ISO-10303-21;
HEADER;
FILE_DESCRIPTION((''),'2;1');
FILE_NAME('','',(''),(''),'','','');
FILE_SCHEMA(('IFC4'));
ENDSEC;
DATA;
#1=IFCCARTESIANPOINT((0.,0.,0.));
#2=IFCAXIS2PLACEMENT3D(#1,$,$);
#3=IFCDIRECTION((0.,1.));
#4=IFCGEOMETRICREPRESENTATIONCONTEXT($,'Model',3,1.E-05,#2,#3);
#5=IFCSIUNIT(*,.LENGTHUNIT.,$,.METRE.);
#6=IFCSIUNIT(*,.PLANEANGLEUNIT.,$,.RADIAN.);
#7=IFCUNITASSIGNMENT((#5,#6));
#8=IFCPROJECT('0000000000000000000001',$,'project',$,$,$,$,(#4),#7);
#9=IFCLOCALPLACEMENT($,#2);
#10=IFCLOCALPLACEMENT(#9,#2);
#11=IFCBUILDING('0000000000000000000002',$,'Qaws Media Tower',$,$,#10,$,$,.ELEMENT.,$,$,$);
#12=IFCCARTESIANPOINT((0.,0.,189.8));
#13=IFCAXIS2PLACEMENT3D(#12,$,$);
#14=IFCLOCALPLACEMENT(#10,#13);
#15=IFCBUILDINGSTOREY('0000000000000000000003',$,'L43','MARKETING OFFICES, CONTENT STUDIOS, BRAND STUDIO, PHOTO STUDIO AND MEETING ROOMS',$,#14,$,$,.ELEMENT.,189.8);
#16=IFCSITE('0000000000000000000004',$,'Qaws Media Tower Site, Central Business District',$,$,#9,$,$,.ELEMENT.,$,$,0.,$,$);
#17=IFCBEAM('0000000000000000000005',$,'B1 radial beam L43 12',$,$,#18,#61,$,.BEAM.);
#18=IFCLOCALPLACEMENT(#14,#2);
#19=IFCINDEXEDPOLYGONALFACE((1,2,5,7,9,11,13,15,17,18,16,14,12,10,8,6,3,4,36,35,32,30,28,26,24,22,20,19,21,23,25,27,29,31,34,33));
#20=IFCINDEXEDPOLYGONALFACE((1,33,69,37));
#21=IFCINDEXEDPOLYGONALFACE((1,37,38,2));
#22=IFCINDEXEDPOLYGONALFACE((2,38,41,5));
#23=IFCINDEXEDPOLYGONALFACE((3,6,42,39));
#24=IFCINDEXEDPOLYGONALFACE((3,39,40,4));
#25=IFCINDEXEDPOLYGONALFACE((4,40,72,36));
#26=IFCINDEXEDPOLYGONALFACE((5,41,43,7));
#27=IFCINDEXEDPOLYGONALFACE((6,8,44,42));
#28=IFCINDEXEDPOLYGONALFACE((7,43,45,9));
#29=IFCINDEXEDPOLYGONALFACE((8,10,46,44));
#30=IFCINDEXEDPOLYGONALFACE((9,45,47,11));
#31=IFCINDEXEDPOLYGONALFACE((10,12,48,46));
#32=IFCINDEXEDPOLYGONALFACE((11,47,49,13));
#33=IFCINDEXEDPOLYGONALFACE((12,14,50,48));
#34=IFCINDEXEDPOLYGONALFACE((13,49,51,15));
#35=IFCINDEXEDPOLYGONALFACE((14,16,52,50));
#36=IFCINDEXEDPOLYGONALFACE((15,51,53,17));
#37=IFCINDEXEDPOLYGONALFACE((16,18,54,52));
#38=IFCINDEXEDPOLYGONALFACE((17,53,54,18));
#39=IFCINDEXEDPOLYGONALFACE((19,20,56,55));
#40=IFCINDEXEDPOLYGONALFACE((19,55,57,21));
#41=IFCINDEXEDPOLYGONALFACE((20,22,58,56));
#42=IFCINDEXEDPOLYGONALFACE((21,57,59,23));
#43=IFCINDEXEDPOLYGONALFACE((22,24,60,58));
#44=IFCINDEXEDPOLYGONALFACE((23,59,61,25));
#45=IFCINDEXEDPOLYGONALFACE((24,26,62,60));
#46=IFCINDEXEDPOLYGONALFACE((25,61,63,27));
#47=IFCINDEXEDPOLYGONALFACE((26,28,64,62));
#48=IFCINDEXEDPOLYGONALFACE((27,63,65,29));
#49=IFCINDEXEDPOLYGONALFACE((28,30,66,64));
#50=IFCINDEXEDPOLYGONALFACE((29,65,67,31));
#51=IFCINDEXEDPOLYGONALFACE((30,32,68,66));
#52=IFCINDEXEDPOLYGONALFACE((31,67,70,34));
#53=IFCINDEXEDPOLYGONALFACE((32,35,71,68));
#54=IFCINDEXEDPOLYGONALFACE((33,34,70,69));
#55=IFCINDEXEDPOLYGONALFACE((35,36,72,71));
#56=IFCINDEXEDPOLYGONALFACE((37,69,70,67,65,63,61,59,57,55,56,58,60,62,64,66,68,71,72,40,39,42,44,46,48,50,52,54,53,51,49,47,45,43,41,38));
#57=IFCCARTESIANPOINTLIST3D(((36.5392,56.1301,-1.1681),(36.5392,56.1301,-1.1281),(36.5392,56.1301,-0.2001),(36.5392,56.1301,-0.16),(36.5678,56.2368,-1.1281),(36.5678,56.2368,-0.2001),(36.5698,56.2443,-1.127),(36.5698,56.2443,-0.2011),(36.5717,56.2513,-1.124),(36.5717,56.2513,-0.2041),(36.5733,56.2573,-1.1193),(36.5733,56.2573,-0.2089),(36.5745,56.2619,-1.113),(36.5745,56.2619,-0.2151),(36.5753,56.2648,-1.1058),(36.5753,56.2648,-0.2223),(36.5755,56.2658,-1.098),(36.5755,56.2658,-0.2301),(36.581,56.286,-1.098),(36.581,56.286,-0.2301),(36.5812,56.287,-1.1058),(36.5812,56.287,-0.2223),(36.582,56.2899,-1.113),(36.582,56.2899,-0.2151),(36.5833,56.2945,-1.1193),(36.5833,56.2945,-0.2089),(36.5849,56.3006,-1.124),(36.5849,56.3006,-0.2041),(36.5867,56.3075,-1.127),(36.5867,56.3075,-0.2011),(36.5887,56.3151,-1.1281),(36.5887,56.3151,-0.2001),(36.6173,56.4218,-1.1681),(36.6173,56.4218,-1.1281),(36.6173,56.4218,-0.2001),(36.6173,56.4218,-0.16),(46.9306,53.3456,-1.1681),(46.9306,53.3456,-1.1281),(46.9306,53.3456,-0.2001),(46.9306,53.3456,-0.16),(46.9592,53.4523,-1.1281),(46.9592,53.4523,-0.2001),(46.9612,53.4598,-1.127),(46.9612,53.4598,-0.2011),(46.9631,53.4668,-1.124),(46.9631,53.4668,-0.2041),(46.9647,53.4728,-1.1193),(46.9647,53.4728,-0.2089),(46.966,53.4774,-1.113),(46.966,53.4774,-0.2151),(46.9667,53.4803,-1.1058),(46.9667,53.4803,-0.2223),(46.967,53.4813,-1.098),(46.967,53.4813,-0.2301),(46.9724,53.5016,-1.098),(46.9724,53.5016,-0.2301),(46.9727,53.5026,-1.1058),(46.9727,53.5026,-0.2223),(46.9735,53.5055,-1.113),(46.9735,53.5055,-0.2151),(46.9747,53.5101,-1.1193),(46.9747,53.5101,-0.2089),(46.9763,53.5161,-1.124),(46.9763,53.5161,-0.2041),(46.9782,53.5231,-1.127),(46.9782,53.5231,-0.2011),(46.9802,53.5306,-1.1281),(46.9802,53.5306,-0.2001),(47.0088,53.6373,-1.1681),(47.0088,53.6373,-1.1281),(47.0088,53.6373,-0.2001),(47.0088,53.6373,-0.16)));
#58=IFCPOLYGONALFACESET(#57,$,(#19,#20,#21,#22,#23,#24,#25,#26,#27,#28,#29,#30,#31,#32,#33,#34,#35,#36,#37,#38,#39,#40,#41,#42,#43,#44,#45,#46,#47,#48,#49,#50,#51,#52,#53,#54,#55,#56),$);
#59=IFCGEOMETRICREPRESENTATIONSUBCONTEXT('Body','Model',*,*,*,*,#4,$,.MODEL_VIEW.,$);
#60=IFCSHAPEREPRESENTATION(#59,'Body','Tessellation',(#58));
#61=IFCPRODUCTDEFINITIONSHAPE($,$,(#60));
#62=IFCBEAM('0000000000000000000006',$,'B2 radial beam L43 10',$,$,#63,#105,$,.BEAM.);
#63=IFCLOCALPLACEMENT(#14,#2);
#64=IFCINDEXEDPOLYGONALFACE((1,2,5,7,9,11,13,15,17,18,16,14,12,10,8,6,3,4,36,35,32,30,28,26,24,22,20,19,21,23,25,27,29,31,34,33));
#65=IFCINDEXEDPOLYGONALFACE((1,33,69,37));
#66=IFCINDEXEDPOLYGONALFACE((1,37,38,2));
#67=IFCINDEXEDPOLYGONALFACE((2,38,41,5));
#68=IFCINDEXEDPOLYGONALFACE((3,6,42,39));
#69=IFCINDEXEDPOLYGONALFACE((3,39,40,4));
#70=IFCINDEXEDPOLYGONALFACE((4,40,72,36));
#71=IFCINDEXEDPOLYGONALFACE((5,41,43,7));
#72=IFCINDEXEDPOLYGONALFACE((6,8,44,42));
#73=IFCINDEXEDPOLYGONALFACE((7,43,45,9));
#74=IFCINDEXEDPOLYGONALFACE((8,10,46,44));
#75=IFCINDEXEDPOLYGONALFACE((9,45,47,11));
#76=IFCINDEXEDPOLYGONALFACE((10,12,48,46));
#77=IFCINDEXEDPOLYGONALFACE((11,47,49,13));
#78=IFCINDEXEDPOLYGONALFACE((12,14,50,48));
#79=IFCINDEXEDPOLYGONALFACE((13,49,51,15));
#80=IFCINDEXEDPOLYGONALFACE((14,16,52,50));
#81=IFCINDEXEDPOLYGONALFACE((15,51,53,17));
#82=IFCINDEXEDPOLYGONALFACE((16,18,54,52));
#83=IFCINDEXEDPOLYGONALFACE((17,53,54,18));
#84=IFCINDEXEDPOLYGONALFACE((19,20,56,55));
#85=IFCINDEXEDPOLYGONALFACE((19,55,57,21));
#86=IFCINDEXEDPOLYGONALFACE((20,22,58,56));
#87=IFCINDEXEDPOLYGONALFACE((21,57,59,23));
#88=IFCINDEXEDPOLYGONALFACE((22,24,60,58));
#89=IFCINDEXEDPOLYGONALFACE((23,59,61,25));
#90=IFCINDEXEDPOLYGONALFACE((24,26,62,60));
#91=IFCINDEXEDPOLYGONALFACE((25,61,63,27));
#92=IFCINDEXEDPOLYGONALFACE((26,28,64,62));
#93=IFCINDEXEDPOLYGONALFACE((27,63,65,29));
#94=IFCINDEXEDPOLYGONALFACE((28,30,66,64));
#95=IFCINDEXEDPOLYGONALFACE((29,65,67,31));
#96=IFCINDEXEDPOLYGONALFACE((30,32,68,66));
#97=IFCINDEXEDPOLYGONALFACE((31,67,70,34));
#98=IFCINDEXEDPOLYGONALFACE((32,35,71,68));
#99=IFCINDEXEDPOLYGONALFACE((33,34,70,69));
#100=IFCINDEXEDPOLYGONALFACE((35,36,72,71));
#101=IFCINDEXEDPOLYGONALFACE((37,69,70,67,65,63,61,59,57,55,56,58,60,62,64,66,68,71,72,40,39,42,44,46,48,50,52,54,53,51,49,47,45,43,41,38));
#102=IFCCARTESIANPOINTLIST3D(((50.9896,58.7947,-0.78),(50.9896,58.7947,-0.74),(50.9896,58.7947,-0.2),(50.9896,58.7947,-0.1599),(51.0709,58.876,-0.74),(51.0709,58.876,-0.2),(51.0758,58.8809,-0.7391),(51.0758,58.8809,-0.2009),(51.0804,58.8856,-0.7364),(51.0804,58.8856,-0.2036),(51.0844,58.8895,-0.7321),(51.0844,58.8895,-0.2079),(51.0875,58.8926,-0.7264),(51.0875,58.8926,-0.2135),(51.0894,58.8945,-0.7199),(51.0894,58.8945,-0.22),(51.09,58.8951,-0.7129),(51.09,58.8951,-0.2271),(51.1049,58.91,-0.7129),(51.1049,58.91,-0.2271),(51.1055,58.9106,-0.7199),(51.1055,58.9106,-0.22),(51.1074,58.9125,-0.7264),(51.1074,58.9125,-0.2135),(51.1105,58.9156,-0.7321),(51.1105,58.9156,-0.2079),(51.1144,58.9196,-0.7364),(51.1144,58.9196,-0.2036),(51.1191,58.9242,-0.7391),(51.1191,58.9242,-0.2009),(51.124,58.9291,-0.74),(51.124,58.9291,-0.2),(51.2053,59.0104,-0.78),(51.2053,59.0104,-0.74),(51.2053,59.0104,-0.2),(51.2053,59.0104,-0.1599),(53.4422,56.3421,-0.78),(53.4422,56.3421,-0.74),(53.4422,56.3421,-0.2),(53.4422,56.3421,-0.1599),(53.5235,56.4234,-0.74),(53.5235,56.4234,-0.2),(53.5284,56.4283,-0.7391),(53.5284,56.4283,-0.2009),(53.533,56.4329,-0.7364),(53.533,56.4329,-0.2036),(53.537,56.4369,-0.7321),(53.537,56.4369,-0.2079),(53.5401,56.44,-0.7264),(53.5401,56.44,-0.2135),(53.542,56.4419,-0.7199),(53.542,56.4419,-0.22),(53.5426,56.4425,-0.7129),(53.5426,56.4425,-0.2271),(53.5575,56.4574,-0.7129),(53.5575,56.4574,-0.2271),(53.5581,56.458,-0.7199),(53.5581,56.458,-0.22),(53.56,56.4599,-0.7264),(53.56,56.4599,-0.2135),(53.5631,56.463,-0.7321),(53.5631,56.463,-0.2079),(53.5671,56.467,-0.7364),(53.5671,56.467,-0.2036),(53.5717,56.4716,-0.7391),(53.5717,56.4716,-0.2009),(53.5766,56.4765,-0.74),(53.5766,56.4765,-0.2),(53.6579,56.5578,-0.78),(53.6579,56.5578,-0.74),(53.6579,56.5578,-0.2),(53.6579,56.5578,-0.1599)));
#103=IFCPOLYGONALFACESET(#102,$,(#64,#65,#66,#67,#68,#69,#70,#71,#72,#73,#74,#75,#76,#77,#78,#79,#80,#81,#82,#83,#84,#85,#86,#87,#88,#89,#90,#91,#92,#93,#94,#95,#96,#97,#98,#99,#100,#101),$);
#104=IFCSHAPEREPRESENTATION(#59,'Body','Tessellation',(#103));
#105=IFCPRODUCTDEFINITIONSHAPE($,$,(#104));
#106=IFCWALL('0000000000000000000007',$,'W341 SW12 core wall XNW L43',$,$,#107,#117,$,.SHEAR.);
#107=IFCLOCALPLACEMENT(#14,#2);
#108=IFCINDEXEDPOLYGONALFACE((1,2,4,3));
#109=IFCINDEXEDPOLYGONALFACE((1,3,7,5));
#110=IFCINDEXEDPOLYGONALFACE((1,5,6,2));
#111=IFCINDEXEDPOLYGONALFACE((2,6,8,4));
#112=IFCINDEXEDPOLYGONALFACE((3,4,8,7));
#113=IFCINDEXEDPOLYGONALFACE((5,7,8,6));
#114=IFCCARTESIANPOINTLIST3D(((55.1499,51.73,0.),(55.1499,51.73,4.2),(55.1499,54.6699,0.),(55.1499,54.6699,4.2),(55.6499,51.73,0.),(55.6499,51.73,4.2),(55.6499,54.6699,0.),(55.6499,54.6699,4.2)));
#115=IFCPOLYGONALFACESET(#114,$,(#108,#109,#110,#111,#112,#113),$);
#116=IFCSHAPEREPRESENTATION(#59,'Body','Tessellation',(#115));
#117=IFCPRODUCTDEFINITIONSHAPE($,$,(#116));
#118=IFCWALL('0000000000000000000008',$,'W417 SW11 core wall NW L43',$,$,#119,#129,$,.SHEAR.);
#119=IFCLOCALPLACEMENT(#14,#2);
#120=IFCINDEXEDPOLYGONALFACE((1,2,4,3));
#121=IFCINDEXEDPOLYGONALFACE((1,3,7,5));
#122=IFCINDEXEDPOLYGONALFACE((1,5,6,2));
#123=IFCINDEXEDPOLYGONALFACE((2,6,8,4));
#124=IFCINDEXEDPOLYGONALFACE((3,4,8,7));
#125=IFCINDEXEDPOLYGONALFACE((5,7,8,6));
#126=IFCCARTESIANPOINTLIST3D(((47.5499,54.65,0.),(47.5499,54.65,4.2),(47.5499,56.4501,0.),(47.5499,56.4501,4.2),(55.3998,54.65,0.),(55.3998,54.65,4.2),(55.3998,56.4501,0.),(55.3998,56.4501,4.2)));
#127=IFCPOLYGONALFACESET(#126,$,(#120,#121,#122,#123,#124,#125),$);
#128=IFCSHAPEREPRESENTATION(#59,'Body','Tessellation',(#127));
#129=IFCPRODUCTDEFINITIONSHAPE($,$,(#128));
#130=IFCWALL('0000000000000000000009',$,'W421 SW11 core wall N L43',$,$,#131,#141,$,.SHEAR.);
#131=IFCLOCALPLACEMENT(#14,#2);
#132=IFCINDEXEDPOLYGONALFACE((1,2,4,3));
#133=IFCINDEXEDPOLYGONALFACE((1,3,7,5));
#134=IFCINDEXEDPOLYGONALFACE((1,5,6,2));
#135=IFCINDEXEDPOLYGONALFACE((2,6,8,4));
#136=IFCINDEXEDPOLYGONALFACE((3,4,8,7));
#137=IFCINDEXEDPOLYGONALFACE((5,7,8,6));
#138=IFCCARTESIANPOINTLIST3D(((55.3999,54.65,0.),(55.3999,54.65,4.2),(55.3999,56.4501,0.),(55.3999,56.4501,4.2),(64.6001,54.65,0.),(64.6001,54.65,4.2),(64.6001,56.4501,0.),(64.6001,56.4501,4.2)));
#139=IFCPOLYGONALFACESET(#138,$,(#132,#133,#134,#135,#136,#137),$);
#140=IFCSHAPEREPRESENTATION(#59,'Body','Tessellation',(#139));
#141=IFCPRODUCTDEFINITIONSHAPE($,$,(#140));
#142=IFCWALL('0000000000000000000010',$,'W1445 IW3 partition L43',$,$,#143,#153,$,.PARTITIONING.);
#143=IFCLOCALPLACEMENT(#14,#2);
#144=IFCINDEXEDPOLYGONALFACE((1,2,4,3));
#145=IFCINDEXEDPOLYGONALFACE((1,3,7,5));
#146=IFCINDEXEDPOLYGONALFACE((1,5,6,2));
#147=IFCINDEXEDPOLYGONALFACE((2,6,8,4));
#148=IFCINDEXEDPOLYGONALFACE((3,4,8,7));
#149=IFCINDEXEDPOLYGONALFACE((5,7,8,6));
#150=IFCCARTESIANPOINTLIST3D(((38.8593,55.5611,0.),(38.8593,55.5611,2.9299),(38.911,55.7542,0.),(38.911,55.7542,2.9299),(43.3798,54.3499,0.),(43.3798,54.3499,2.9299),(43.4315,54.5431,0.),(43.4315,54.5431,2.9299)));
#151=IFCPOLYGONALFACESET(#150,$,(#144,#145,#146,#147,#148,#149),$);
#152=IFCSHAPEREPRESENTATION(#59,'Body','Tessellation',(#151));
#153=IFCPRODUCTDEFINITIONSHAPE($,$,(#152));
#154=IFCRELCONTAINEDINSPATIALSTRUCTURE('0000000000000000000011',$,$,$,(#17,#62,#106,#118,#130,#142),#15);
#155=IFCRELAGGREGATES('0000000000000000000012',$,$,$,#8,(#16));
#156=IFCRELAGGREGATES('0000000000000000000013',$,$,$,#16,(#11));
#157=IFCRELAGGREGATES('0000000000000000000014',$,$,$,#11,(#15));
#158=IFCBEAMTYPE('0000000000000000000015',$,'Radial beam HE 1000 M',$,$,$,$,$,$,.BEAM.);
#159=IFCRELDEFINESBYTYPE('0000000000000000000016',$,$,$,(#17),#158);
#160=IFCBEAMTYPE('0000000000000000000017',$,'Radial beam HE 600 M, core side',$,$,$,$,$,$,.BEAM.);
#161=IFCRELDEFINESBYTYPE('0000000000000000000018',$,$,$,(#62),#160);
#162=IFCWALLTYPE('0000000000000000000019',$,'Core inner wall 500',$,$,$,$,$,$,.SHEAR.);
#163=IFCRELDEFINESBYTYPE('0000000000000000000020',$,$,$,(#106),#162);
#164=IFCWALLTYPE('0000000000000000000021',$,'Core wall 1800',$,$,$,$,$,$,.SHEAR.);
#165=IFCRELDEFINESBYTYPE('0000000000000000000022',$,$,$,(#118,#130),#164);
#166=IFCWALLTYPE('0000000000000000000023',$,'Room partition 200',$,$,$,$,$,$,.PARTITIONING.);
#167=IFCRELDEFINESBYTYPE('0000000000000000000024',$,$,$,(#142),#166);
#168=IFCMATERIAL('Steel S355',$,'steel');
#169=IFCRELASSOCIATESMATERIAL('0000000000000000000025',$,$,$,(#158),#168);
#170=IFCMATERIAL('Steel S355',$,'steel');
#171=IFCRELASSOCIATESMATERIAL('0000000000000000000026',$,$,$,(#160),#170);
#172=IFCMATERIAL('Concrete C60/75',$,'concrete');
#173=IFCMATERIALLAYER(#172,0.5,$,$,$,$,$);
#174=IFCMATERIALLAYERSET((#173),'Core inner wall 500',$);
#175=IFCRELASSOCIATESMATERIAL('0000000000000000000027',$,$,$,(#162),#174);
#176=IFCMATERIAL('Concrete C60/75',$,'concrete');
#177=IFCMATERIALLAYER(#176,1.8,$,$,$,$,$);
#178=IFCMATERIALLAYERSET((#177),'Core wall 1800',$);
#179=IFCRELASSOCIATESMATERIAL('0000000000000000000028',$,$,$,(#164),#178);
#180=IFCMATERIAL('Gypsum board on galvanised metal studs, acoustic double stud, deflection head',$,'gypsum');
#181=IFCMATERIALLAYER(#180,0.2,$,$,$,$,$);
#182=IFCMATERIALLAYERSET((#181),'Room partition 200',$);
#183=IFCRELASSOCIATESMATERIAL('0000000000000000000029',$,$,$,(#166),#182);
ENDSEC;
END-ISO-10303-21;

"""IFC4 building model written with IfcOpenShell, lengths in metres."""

from ifc_helpers import new_model, si_unit, direction, frame, frame_2d, origin, origin_2d, place, context, subcontext, project, spatial, rectangle, i_section, extrude, material, layer, layer_set, material_profile, profile_set, type_object, element, save


model = new_model("IFC4")

# Units and contexts
model_context = context("Model", 3, precision=1e-05, world=origin(), true_north=direction((0.0, 1.0)))
body_context = subcontext(model_context, "Body", "Model", "MODEL_VIEW")
ifc_project = project(units=[si_unit("LENGTHUNIT", "METRE"), si_unit("PLANEANGLEUNIT", "RADIAN")], contexts=[model_context])

# Site, building, storey
site_placement = place(None, origin())
site = spatial("IfcSite", under=ifc_project, at=site_placement, Name="Qaws Media Tower Site, Central Business District", CompositionType="ELEMENT", RefElevation=0.0)
building_placement = place(site_placement, origin())
building = spatial("IfcBuilding", under=site, at=building_placement, Name="Qaws Media Tower", CompositionType="ELEMENT")
storey_placement = place(building_placement, frame((0.0, 0.0, 189.8)))
storey = spatial("IfcBuildingStorey", under=building, at=storey_placement, Name="L43", Description="MARKETING OFFICES, CONTENT STUDIOS, BRAND STUDIO, PHOTO STUDIO AND MEETING ROOMS", CompositionType="ELEMENT", Elevation=189.8)

# Beams
ifc_material_1 = material(Name="Steel S355", Category="steel")
ifc_material_profile_1 = material_profile(ifc_material_1, i_section(OverallWidth=0.302, OverallDepth=1.0081, WebThickness=0.021, FlangeThickness=0.04, FilletRadius=0.03, at=origin_2d()), Name="HE 1000 M")
ifc_profile_set_1 = profile_set([ifc_material_profile_1], Name="Steel S355")
beam_type_1 = type_object("IfcBeamType", Name="Radial beam HE 1000 M", PredefinedType="BEAM", material=ifc_profile_set_1)
beam_1_placement = place(storey_placement, frame((46.9697, 53.4915, -0.6641), z_axis=(-0.965924, 0.258825, 0.0), x_axis=(-0.258825, -0.965924, 0.0)))
element("IfcBeam", 1, at=beam_1_placement, inside=storey, type_object=beam_type_1, Name="B1 radial beam L43 12", PredefinedType="BEAM", context=body_context, shape_type="SweptSolid", body=[
    extrude(i_section(OverallWidth=0.302, OverallDepth=1.0081, WebThickness=0.021, FlangeThickness=0.04, FilletRadius=0.03, at=origin_2d()), origin(), (0.0, 0.0, 1.0), 10.7581),
])
ifc_material_2 = material(Name="Steel S355", Category="steel")
ifc_material_profile_2 = material_profile(ifc_material_2, i_section(OverallWidth=0.3049, OverallDepth=0.6201, WebThickness=0.021, FlangeThickness=0.04, FilletRadius=0.0271, at=origin_2d()), Name="HE 600 M")
ifc_profile_set_2 = profile_set([ifc_material_profile_2], Name="Steel S355")
beam_type_2 = type_object("IfcBeamType", Name="Radial beam HE 600 M, core side", PredefinedType="BEAM", material=ifc_profile_set_2)
beam_2_placement = place(storey_placement, frame((53.55, 56.45, -0.47), z_axis=(-0.707107, 0.707107, 0.0), x_axis=(-0.707107, -0.707107, 0.0)))
element("IfcBeam", 2, at=beam_2_placement, inside=storey, type_object=beam_type_2, Name="B2 radial beam L43 10", PredefinedType="BEAM", context=body_context, shape_type="SweptSolid", body=[
    extrude(i_section(OverallWidth=0.3049, OverallDepth=0.6201, WebThickness=0.021, FlangeThickness=0.04, FilletRadius=0.0271, at=origin_2d()), origin(), (0.0, 0.0, 1.0), 3.4685),
])

# Walls
ifc_material_3 = material(Name="Concrete C60/75", Category="concrete")
ifc_layer_1 = layer(ifc_material_3, 0.5)
ifc_layer_set_1 = layer_set([ifc_layer_1], Name="Core inner wall 500")
wall_type_1 = type_object("IfcWallType", Name="Core inner wall 500", PredefinedType="SHEAR", material=ifc_layer_set_1)
wall_1_placement = place(storey_placement, frame((55.3999, 51.73, 0.0), z_axis=(0.0, 0.0, 1.0), x_axis=(0.0, 1.0, 0.0)))
element("IfcWall", 3, at=wall_1_placement, inside=storey, type_object=wall_type_1, Name="W341 SW12 core wall XNW L43", PredefinedType="SHEAR", context=body_context, shape_type="SweptSolid", body=[
    extrude(rectangle(XDim=2.9399, YDim=0.5, at=frame_2d((1.47, 0.0))), origin(), (0.0, 0.0, 1.0), 4.2),
])
ifc_material_4 = material(Name="Concrete C60/75", Category="concrete")
ifc_layer_2 = layer(ifc_material_4, 1.8)
ifc_layer_set_2 = layer_set([ifc_layer_2], Name="Core wall 1800")
wall_type_2 = type_object("IfcWallType", Name="Core wall 1800", PredefinedType="SHEAR", material=ifc_layer_set_2)
wall_2_placement = place(storey_placement, frame((47.55, 55.55, 0.0), z_axis=(0.0, 0.0, 1.0), x_axis=(1.0, 0.0, 0.0)))
element("IfcWall", 4, at=wall_2_placement, inside=storey, type_object=wall_type_2, Name="W417 SW11 core wall NW L43", PredefinedType="SHEAR", context=body_context, shape_type="SweptSolid", body=[
    extrude(rectangle(XDim=7.8499, YDim=1.8, at=frame_2d((3.9248, 0.0))), origin(), (0.0, 0.0, 1.0), 4.2),
])
wall_3_placement = place(storey_placement, frame((55.3999, 55.55, 0.0), z_axis=(0.0, 0.0, 1.0), x_axis=(1.0, 0.0, 0.0)))
element("IfcWall", 5, at=wall_3_placement, inside=storey, type_object=wall_type_2, Name="W421 SW11 core wall N L43", PredefinedType="SHEAR", context=body_context, shape_type="SweptSolid", body=[
    extrude(rectangle(XDim=9.2002, YDim=1.8, at=frame_2d((4.6001, 0.0))), origin(), (0.0, 0.0, 1.0), 4.2),
])
ifc_material_5 = material(Name="Gypsum board on galvanised metal studs, acoustic double stud, deflection head", Category="gypsum")
ifc_layer_3 = layer(ifc_material_5, 0.2)
ifc_layer_set_3 = layer_set([ifc_layer_3], Name="Room partition 200")
wall_type_3 = type_object("IfcWallType", Name="Room partition 200", PredefinedType="PARTITIONING", material=ifc_layer_set_3)
wall_4_placement = place(storey_placement, frame((43.4055, 54.4465, 0.0), z_axis=(0.0, 0.0, 1.0), x_axis=(-0.96593, 0.258802, 0.0)))
element("IfcWall", 6, at=wall_4_placement, inside=storey, type_object=wall_type_3, Name="W1445 IW3 partition L43", PredefinedType="PARTITIONING", context=body_context, shape_type="SweptSolid", body=[
    extrude(rectangle(XDim=4.6799, YDim=0.2, at=frame_2d((2.3398, 0.0))), origin(), (0.0, 0.0, 1.0), 2.9299),
])

save(model, "model.ifc")
